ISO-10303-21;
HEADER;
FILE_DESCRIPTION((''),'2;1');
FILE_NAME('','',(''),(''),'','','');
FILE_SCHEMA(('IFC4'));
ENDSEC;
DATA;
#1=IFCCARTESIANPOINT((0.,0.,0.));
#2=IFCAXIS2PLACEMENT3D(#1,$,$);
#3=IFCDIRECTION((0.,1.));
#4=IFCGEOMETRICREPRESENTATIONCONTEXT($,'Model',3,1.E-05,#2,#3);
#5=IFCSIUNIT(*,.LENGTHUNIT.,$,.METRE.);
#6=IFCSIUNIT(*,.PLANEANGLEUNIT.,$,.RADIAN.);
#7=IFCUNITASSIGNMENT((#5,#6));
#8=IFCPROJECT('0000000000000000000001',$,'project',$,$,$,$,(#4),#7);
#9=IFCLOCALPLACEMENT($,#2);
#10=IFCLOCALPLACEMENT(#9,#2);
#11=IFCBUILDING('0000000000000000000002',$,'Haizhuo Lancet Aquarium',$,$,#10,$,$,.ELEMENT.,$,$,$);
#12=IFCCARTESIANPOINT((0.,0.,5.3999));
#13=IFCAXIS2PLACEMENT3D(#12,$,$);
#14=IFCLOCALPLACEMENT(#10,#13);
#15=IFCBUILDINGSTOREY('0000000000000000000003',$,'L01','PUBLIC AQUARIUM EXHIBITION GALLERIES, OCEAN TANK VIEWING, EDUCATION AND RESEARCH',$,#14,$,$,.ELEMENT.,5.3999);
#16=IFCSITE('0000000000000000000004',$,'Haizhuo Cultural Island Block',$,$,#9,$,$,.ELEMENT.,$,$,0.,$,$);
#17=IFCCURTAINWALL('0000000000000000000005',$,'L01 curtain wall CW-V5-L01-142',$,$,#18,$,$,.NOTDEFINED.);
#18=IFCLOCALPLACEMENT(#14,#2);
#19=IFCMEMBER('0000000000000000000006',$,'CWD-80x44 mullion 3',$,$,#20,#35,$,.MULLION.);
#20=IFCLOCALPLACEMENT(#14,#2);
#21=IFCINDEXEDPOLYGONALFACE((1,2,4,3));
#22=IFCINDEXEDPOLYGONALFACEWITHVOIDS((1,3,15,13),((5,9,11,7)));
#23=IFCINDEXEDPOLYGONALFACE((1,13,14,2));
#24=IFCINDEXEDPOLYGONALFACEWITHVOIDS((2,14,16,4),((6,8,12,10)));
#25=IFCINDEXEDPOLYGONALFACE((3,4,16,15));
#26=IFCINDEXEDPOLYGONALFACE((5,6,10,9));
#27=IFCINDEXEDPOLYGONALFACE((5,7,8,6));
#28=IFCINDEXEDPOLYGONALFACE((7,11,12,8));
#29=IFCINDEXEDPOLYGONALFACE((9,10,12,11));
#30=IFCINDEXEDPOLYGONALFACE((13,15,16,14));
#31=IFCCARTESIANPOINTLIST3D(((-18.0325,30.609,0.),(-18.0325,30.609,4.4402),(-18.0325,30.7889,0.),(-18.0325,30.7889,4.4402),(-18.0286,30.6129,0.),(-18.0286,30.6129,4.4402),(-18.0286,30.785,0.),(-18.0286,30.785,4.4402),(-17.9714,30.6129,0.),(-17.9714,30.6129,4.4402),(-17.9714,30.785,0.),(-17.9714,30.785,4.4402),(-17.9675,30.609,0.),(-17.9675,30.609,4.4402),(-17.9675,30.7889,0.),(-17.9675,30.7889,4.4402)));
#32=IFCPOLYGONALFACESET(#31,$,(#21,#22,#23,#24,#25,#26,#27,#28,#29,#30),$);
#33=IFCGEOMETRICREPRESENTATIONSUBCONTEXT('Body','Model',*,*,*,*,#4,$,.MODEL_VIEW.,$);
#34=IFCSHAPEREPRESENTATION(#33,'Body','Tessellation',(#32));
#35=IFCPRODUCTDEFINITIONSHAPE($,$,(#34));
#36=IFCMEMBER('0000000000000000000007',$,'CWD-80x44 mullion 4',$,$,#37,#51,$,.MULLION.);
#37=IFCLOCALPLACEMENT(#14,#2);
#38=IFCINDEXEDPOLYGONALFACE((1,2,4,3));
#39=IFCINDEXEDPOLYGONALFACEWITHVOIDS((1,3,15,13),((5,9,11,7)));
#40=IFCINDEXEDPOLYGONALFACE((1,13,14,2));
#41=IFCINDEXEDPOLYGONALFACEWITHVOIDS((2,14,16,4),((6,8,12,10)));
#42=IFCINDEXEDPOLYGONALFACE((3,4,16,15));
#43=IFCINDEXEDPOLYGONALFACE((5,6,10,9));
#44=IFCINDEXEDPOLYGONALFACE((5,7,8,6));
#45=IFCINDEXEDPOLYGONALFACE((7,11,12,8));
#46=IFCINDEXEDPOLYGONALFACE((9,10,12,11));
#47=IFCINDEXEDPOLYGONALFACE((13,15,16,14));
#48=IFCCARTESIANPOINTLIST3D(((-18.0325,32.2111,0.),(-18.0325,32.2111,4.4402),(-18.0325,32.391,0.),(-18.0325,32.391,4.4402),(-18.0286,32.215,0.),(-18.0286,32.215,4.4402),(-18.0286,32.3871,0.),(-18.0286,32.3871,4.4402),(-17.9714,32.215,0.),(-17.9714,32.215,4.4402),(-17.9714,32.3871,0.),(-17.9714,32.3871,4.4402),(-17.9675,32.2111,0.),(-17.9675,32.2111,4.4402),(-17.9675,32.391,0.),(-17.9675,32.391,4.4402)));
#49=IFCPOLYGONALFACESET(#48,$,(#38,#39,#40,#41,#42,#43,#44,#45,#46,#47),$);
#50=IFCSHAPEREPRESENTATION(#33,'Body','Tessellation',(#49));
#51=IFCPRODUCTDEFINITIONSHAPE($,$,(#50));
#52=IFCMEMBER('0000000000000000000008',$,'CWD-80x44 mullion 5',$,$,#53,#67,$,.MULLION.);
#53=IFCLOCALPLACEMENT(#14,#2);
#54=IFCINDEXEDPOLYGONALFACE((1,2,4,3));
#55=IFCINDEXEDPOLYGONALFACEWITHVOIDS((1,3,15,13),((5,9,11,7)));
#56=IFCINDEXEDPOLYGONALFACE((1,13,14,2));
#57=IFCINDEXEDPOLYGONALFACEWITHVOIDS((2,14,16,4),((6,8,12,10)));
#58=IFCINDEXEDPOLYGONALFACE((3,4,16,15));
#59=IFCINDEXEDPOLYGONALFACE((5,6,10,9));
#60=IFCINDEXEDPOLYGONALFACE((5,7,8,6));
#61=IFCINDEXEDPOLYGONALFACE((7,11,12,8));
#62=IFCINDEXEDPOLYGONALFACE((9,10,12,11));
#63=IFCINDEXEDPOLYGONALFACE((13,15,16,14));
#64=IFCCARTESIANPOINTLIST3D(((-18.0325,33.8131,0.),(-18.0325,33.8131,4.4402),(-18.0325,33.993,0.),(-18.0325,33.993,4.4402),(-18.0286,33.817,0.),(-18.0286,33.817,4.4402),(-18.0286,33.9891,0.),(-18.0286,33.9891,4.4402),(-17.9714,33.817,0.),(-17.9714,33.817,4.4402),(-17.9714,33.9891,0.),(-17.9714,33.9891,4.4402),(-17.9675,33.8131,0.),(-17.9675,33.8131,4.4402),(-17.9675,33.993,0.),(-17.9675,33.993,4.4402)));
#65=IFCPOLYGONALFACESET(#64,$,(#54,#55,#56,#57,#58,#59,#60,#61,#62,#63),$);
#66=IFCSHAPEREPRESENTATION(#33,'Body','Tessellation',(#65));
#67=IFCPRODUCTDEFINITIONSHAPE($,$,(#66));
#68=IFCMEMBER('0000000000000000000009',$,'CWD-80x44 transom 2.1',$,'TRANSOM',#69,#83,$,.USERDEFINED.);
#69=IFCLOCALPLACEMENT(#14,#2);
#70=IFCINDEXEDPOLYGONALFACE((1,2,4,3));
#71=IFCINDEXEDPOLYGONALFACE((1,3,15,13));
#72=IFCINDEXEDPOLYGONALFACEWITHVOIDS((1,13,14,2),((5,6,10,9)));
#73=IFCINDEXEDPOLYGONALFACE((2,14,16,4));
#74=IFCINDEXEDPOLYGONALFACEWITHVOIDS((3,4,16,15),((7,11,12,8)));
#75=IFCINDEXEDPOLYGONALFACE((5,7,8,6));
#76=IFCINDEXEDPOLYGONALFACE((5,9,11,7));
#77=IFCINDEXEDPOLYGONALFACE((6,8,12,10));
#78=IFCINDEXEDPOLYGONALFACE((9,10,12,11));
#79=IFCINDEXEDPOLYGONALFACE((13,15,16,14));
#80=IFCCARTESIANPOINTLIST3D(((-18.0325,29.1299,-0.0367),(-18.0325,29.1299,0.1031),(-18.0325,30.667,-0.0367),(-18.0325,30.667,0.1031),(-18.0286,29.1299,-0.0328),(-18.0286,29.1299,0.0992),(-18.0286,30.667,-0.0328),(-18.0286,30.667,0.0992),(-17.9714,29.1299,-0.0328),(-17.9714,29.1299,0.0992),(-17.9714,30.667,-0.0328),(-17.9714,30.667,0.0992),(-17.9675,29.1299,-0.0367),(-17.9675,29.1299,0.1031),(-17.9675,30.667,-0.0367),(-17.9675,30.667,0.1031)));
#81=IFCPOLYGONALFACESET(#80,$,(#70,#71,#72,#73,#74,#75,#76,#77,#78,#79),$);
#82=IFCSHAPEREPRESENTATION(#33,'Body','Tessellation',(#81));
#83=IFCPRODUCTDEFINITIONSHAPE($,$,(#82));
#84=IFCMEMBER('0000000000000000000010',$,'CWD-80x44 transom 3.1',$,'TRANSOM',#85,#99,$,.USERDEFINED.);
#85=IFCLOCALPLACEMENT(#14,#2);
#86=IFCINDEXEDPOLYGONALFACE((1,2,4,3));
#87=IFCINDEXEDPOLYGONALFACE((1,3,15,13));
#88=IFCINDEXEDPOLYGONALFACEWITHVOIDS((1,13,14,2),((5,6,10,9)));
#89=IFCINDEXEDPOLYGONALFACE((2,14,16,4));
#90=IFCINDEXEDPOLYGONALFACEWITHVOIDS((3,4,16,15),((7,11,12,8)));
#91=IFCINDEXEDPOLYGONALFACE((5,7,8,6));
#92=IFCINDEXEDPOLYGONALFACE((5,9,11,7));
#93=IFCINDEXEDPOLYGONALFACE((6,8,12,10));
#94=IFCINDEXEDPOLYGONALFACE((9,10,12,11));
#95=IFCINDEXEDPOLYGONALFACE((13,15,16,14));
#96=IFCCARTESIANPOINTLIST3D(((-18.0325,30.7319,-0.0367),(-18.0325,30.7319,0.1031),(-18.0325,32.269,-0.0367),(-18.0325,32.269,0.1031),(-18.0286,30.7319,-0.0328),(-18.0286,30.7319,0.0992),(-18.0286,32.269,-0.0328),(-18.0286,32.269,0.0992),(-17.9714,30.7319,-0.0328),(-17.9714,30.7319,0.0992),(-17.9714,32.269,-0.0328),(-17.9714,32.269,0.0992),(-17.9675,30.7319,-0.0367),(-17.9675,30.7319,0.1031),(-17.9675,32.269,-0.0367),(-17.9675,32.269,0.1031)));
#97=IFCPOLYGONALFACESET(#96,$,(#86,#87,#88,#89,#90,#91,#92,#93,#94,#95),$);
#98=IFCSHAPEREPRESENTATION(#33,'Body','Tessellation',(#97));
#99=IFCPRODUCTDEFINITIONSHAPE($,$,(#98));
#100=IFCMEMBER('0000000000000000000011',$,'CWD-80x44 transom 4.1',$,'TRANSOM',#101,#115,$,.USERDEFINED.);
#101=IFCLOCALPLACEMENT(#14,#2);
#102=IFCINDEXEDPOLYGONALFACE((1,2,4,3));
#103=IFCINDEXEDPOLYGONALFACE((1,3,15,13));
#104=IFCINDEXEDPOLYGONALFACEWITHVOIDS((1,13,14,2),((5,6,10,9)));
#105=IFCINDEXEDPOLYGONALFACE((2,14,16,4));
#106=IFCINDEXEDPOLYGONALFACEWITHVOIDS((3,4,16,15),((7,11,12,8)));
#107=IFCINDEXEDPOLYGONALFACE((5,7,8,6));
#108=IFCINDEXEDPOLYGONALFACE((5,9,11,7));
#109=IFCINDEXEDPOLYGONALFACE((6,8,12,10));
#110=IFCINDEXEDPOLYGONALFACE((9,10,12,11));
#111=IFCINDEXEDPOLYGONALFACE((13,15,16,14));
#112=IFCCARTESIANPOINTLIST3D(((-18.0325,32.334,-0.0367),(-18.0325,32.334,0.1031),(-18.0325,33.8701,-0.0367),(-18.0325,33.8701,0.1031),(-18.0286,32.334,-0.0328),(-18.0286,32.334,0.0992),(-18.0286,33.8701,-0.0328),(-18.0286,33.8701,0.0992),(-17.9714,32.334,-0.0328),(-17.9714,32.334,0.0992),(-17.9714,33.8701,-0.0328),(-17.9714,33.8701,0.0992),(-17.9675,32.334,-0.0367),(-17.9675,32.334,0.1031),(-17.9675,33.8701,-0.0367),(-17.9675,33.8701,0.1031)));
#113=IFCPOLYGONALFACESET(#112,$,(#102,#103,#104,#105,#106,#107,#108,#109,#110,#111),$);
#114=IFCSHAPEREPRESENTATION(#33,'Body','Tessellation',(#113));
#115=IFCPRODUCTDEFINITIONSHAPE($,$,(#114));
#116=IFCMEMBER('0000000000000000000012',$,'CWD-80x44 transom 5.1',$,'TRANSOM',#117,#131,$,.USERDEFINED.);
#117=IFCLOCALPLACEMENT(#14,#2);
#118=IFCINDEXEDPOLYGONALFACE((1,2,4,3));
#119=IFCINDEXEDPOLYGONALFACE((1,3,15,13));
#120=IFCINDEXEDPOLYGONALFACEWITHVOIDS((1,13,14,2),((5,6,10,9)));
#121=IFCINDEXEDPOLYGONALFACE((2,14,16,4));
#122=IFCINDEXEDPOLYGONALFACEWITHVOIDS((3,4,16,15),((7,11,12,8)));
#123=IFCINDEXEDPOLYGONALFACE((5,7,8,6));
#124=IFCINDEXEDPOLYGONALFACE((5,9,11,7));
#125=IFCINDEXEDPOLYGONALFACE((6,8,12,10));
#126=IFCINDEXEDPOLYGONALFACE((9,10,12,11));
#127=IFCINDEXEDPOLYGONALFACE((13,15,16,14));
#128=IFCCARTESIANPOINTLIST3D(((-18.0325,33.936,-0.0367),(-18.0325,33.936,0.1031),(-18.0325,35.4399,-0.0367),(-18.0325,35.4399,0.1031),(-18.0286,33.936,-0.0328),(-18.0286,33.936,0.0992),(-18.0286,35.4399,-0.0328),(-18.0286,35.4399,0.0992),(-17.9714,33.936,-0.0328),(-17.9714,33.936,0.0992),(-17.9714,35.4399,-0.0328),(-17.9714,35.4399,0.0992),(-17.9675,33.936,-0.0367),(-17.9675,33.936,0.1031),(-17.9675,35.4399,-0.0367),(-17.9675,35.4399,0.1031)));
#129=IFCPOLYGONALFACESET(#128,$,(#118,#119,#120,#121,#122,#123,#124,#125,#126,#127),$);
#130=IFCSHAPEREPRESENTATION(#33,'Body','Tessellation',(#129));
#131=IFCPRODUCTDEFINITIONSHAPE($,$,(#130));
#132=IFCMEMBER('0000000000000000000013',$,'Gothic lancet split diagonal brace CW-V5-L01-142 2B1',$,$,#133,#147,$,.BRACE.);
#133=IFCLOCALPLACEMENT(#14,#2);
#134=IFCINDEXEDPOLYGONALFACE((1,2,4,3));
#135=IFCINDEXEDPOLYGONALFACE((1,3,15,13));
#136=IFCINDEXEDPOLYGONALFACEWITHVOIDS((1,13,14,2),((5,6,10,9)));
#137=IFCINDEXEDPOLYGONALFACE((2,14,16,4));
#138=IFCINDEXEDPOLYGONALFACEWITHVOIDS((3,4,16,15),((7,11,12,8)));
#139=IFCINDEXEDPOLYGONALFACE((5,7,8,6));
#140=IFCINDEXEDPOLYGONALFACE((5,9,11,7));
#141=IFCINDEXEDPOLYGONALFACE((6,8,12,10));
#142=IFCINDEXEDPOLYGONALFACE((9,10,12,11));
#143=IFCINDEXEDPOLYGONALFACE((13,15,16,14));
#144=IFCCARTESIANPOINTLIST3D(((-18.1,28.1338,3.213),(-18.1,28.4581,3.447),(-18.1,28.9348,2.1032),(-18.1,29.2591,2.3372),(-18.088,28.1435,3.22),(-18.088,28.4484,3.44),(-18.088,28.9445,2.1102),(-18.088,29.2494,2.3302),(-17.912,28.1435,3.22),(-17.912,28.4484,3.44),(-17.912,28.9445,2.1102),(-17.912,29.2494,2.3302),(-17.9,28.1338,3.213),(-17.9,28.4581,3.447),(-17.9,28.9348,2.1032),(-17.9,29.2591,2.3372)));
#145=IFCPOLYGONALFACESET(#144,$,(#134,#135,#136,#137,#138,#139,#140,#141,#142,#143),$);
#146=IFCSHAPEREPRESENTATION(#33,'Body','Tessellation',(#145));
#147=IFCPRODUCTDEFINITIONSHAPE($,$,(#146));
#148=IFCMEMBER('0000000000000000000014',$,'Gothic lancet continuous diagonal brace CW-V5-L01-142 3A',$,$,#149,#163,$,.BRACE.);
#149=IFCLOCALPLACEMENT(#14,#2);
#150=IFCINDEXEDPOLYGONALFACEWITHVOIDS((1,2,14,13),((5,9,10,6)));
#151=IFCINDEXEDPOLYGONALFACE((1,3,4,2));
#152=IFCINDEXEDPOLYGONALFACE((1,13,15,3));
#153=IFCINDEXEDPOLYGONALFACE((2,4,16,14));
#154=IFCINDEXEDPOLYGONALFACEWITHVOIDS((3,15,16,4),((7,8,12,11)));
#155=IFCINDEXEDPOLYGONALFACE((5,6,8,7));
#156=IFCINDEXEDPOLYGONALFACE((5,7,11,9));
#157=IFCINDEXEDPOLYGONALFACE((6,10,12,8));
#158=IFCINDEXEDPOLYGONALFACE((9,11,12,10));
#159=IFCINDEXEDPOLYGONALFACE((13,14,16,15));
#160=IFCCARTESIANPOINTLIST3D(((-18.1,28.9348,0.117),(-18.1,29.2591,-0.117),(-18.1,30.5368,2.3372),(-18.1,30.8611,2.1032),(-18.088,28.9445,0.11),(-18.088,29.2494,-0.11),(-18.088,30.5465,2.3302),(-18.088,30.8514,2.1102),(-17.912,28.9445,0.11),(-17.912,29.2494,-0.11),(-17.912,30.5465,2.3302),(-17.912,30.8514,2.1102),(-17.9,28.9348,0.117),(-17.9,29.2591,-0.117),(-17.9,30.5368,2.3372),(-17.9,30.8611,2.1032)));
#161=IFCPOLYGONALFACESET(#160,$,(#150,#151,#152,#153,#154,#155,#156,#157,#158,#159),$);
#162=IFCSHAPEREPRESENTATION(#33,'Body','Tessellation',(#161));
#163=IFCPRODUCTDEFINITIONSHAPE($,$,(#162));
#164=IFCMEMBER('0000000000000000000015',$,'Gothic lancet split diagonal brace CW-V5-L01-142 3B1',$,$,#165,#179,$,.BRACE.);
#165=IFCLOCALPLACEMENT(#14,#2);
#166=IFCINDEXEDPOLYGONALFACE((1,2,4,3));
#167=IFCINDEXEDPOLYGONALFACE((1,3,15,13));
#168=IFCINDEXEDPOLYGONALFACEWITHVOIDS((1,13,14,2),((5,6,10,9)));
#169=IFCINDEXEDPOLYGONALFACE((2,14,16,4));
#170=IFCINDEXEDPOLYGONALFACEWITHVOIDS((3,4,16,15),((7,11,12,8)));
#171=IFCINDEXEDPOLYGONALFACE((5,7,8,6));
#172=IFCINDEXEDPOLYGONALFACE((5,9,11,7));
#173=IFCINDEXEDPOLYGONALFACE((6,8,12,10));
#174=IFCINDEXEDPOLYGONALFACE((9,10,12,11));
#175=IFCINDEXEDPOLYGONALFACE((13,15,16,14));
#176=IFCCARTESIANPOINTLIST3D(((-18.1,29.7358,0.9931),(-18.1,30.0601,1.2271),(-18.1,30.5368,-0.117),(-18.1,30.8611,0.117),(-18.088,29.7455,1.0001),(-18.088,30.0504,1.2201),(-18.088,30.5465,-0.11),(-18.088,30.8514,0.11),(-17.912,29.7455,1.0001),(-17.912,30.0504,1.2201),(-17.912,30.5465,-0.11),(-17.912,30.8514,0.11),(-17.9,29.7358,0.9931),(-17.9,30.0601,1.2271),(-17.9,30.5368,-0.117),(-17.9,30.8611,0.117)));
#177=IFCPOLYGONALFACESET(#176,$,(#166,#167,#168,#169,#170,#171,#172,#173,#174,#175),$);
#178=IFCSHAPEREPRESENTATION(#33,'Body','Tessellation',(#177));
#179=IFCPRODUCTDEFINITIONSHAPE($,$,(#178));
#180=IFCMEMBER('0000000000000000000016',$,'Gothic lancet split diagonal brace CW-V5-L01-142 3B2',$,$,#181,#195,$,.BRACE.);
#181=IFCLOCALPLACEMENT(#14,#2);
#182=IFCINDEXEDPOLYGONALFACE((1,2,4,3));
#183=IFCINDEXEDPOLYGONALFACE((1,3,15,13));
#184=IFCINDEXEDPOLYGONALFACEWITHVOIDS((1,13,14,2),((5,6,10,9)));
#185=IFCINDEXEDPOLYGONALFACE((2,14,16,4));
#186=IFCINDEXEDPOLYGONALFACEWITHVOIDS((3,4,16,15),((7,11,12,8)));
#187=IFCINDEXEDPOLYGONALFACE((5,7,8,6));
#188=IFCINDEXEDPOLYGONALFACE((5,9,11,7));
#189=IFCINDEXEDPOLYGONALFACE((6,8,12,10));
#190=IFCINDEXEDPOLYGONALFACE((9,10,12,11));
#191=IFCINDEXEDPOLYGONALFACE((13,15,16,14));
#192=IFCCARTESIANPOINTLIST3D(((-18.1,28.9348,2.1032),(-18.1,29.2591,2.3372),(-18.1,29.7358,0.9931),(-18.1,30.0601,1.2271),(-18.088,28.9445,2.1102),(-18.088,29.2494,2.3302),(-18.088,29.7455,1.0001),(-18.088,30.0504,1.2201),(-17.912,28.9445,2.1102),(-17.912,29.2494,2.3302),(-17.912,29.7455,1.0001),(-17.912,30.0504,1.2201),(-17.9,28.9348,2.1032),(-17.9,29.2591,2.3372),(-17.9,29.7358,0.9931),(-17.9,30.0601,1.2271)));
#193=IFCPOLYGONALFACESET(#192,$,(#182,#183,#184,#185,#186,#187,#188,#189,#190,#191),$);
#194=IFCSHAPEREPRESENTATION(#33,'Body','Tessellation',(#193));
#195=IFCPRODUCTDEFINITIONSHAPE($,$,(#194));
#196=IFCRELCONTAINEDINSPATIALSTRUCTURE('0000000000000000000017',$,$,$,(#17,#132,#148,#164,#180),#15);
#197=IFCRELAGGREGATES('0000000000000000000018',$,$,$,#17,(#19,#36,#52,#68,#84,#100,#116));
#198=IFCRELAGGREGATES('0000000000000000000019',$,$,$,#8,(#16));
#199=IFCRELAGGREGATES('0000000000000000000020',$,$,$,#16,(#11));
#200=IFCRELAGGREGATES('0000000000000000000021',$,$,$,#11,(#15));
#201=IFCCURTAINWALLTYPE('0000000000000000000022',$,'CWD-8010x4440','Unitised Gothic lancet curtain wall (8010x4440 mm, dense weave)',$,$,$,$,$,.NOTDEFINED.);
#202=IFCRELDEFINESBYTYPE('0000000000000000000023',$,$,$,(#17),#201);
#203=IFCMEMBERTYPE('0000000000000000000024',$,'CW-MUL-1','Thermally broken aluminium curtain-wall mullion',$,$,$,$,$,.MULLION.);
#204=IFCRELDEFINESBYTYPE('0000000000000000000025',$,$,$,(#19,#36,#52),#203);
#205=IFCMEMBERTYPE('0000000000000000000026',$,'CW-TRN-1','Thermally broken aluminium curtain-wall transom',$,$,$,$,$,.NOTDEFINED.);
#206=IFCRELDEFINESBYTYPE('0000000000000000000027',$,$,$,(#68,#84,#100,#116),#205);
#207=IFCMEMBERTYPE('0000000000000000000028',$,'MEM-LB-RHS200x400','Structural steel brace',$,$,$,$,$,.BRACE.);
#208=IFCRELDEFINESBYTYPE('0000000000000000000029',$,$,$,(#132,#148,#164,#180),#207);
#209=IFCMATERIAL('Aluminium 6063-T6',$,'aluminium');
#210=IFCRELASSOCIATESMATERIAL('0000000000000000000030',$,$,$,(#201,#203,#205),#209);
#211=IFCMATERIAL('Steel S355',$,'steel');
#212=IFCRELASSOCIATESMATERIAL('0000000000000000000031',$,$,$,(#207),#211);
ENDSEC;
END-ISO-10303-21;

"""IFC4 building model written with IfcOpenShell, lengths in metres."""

from ifc_helpers import new_model, si_unit, direction, frame, origin, origin_2d, place, context, subcontext, project, spatial, hollow_rectangle, extrude, material, material_profile, profile_set, type_object, element, aggregate, save


model = new_model("IFC4")

# Units and contexts
model_context = context("Model", 3, precision=1e-05, world=origin(), true_north=direction((0.0, 1.0)))
body_context = subcontext(model_context, "Body", "Model", "MODEL_VIEW")
ifc_project = project(units=[si_unit("LENGTHUNIT", "METRE"), si_unit("PLANEANGLEUNIT", "RADIAN")], contexts=[model_context])

# Site, building, storey
site_placement = place(None, origin())
site = spatial("IfcSite", under=ifc_project, at=site_placement, Name="Haizhuo Cultural Island Block", CompositionType="ELEMENT", RefElevation=0.0)
building_placement = place(site_placement, origin())
building = spatial("IfcBuilding", under=site, at=building_placement, Name="Haizhuo Lancet Aquarium", CompositionType="ELEMENT")
storey_placement = place(building_placement, frame((0.0, 0.0, 5.3999)))
storey = spatial("IfcBuildingStorey", under=building, at=storey_placement, Name="L01", Description="PUBLIC AQUARIUM EXHIBITION GALLERIES, OCEAN TANK VIEWING, EDUCATION AND RESEARCH", CompositionType="ELEMENT", Elevation=5.3999)

# Curtain wall, members
ifc_material_1 = material(Name="Aluminium 6063-T6", Category="aluminium")
curtain_wall_type = type_object("IfcCurtainWallType", Name="CWD-8010x4440", Description="Unitised Gothic lancet curtain wall (8010x4440 mm, dense weave)", PredefinedType="NOTDEFINED", material=ifc_material_1)
curtain_wall_placement = place(storey_placement, origin())
curtain_wall = element("IfcCurtainWall", 1, at=curtain_wall_placement, inside=storey, type_object=curtain_wall_type, Name="L01 curtain wall CW-V5-L01-142", PredefinedType="NOTDEFINED")
ifc_material_profile_1 = material_profile(ifc_material_1, hollow_rectangle(XDim=0.0649, YDim=0.1799, WallThickness=0.0039, at=origin_2d()), Name="ALU-M 65x180x4")
ifc_profile_set_1 = profile_set([ifc_material_profile_1], Name="Aluminium 6063-T6")
member_type_1 = type_object("IfcMemberType", Name="CW-MUL-1", Description="Thermally broken aluminium curtain-wall mullion", PredefinedType="MULLION", material=ifc_profile_set_1)
member_1_placement = place(storey_placement, frame((-18.0, 30.699, 0.0), z_axis=(0.0, 0.0, 1.0), x_axis=(-1.0, 0.0, 0.0)))
member_1 = element("IfcMember", 2, at=member_1_placement, type_object=member_type_1, Name="CWD-80x44 mullion 3", PredefinedType="MULLION", context=body_context, shape_type="SweptSolid", body=[
    extrude(hollow_rectangle(XDim=0.0649, YDim=0.1799, WallThickness=0.0039, at=origin_2d()), origin(), (0.0, 0.0, 1.0), 4.4402),
])
member_2_placement = place(storey_placement, frame((-18.0, 32.301, 0.0), z_axis=(0.0, 0.0, 1.0), x_axis=(-1.0, 0.0, 0.0)))
member_2 = element("IfcMember", 3, at=member_2_placement, type_object=member_type_1, Name="CWD-80x44 mullion 4", PredefinedType="MULLION", context=body_context, shape_type="SweptSolid", body=[
    extrude(hollow_rectangle(XDim=0.0649, YDim=0.1799, WallThickness=0.0039, at=origin_2d()), origin(), (0.0, 0.0, 1.0), 4.4402),
])
member_3_placement = place(storey_placement, frame((-18.0, 33.9031, 0.0), z_axis=(0.0, 0.0, 1.0), x_axis=(-1.0, 0.0, 0.0)))
member_3 = element("IfcMember", 4, at=member_3_placement, type_object=member_type_1, Name="CWD-80x44 mullion 5", PredefinedType="MULLION", context=body_context, shape_type="SweptSolid", body=[
    extrude(hollow_rectangle(XDim=0.0649, YDim=0.1799, WallThickness=0.0039, at=origin_2d()), origin(), (0.0, 0.0, 1.0), 4.4402),
])
ifc_material_profile_2 = material_profile(ifc_material_1, hollow_rectangle(XDim=0.0649, YDim=0.1399, WallThickness=0.0039, at=origin_2d()), Name="ALU-T 65x140x4")
ifc_profile_set_2 = profile_set([ifc_material_profile_2], Name="Aluminium 6063-T6")
member_type_2 = type_object("IfcMemberType", Name="CW-TRN-1", Description="Thermally broken aluminium curtain-wall transom", PredefinedType="NOTDEFINED", material=ifc_profile_set_2)
member_4_placement = place(storey_placement, frame((-18.0, 29.1299, 0.0332), z_axis=(0.0, 1.0, 0.0), x_axis=(-1.0, 0.0, 0.0)))
member_4 = element("IfcMember", 5, at=member_4_placement, type_object=member_type_2, Name="CWD-80x44 transom 2.1", ObjectType="TRANSOM", PredefinedType="USERDEFINED", context=body_context, shape_type="SweptSolid", body=[
    extrude(hollow_rectangle(XDim=0.0649, YDim=0.1399, WallThickness=0.0039, at=origin_2d()), origin(), (0.0, 0.0, 1.0), 1.5371),
])
member_5_placement = place(storey_placement, frame((-18.0, 30.7319, 0.0332), z_axis=(0.0, 1.0, 0.0), x_axis=(-1.0, 0.0, 0.0)))
member_5 = element("IfcMember", 6, at=member_5_placement, type_object=member_type_2, Name="CWD-80x44 transom 3.1", ObjectType="TRANSOM", PredefinedType="USERDEFINED", context=body_context, shape_type="SweptSolid", body=[
    extrude(hollow_rectangle(XDim=0.0649, YDim=0.1399, WallThickness=0.0039, at=origin_2d()), origin(), (0.0, 0.0, 1.0), 1.5371),
])
member_6_placement = place(storey_placement, frame((-18.0, 32.334, 0.0332), z_axis=(0.0, 1.0, 0.0), x_axis=(-1.0, 0.0, 0.0)))
member_6 = element("IfcMember", 7, at=member_6_placement, type_object=member_type_2, Name="CWD-80x44 transom 4.1", ObjectType="TRANSOM", PredefinedType="USERDEFINED", context=body_context, shape_type="SweptSolid", body=[
    extrude(hollow_rectangle(XDim=0.0649, YDim=0.1399, WallThickness=0.0039, at=origin_2d()), origin(), (0.0, 0.0, 1.0), 1.5361),
])
member_7_placement = place(storey_placement, frame((-18.0, 33.936, 0.0332), z_axis=(0.0, 1.0, 0.0), x_axis=(-1.0, 0.0, 0.0)))
member_7 = element("IfcMember", 8, at=member_7_placement, type_object=member_type_2, Name="CWD-80x44 transom 5.1", ObjectType="TRANSOM", PredefinedType="USERDEFINED", context=body_context, shape_type="SweptSolid", body=[
    extrude(hollow_rectangle(XDim=0.0649, YDim=0.1399, WallThickness=0.0039, at=origin_2d()), origin(), (0.0, 0.0, 1.0), 1.5039),
])

# Members
ifc_material_2 = material(Name="Steel S355", Category="steel")
ifc_material_profile_3 = material_profile(ifc_material_2, hollow_rectangle(XDim=0.2, YDim=0.3999, WallThickness=0.012, at=origin_2d()), Name="RHS 200x400x12")
ifc_profile_set_3 = profile_set([ifc_material_profile_3], Name="Steel S355")
member_type_3 = type_object("IfcMemberType", Name="MEM-LB-RHS200x400", Description="Structural steel brace", PredefinedType="BRACE", material=ifc_profile_set_3)
member_8_placement = place(storey_placement, frame((-18.0, 29.0969, 2.2202), z_axis=(0.0, -0.58523, 0.810867), x_axis=(1.0, 0.0, 0.0)))
element("IfcMember", 9, at=member_8_placement, inside=storey, type_object=member_type_3, Name="Gothic lancet split diagonal brace CW-V5-L01-142 2B1", PredefinedType="BRACE", context=body_context, shape_type="SweptSolid", body=[
    extrude(hollow_rectangle(XDim=0.2, YDim=0.3999, WallThickness=0.012, at=origin_2d()), origin(), (0.0, 0.0, 1.0), 1.3687),
])
member_9_placement = place(storey_placement, frame((-18.0, 29.0969, 0.0), z_axis=(0.0, 0.585145, 0.810928), x_axis=(-1.0, 0.0, 0.0)))
element("IfcMember", 10, at=member_9_placement, inside=storey, type_object=member_type_3, Name="Gothic lancet continuous diagonal brace CW-V5-L01-142 3A", PredefinedType="BRACE", context=body_context, shape_type="SweptSolid", body=[
    extrude(hollow_rectangle(XDim=0.2, YDim=0.3999, WallThickness=0.012, at=origin_2d()), origin(), (0.0, 0.0, 1.0), 2.7378),
])
for number, where, z_axis, x_axis, name in (
    (11, (-18.0, 30.699, 0.0), (0.0, -0.585145, 0.810928), (1.0, 0.0, 0.0), "Gothic lancet split diagonal brace CW-V5-L01-142 3B1"),
    (12, (-18.0, 29.8979, 1.1101), (0.0, -0.585145, 0.810928), (1.0, 0.0, 0.0), "Gothic lancet split diagonal brace CW-V5-L01-142 3B2"),
):
    element("IfcMember", number, at=place(storey_placement, frame(where, z_axis=z_axis, x_axis=x_axis)), inside=storey, type_object=member_type_3, Name=name, PredefinedType="BRACE", context=body_context, shape_type="SweptSolid", body=[
        extrude(hollow_rectangle(XDim=0.2, YDim=0.3999, WallThickness=0.012, at=origin_2d()), origin(), (0.0, 0.0, 1.0), 1.3689),
    ])

aggregate(curtain_wall, [member_1, member_2, member_3, member_4, member_5, member_6, member_7])

save(model, "model.ifc")
